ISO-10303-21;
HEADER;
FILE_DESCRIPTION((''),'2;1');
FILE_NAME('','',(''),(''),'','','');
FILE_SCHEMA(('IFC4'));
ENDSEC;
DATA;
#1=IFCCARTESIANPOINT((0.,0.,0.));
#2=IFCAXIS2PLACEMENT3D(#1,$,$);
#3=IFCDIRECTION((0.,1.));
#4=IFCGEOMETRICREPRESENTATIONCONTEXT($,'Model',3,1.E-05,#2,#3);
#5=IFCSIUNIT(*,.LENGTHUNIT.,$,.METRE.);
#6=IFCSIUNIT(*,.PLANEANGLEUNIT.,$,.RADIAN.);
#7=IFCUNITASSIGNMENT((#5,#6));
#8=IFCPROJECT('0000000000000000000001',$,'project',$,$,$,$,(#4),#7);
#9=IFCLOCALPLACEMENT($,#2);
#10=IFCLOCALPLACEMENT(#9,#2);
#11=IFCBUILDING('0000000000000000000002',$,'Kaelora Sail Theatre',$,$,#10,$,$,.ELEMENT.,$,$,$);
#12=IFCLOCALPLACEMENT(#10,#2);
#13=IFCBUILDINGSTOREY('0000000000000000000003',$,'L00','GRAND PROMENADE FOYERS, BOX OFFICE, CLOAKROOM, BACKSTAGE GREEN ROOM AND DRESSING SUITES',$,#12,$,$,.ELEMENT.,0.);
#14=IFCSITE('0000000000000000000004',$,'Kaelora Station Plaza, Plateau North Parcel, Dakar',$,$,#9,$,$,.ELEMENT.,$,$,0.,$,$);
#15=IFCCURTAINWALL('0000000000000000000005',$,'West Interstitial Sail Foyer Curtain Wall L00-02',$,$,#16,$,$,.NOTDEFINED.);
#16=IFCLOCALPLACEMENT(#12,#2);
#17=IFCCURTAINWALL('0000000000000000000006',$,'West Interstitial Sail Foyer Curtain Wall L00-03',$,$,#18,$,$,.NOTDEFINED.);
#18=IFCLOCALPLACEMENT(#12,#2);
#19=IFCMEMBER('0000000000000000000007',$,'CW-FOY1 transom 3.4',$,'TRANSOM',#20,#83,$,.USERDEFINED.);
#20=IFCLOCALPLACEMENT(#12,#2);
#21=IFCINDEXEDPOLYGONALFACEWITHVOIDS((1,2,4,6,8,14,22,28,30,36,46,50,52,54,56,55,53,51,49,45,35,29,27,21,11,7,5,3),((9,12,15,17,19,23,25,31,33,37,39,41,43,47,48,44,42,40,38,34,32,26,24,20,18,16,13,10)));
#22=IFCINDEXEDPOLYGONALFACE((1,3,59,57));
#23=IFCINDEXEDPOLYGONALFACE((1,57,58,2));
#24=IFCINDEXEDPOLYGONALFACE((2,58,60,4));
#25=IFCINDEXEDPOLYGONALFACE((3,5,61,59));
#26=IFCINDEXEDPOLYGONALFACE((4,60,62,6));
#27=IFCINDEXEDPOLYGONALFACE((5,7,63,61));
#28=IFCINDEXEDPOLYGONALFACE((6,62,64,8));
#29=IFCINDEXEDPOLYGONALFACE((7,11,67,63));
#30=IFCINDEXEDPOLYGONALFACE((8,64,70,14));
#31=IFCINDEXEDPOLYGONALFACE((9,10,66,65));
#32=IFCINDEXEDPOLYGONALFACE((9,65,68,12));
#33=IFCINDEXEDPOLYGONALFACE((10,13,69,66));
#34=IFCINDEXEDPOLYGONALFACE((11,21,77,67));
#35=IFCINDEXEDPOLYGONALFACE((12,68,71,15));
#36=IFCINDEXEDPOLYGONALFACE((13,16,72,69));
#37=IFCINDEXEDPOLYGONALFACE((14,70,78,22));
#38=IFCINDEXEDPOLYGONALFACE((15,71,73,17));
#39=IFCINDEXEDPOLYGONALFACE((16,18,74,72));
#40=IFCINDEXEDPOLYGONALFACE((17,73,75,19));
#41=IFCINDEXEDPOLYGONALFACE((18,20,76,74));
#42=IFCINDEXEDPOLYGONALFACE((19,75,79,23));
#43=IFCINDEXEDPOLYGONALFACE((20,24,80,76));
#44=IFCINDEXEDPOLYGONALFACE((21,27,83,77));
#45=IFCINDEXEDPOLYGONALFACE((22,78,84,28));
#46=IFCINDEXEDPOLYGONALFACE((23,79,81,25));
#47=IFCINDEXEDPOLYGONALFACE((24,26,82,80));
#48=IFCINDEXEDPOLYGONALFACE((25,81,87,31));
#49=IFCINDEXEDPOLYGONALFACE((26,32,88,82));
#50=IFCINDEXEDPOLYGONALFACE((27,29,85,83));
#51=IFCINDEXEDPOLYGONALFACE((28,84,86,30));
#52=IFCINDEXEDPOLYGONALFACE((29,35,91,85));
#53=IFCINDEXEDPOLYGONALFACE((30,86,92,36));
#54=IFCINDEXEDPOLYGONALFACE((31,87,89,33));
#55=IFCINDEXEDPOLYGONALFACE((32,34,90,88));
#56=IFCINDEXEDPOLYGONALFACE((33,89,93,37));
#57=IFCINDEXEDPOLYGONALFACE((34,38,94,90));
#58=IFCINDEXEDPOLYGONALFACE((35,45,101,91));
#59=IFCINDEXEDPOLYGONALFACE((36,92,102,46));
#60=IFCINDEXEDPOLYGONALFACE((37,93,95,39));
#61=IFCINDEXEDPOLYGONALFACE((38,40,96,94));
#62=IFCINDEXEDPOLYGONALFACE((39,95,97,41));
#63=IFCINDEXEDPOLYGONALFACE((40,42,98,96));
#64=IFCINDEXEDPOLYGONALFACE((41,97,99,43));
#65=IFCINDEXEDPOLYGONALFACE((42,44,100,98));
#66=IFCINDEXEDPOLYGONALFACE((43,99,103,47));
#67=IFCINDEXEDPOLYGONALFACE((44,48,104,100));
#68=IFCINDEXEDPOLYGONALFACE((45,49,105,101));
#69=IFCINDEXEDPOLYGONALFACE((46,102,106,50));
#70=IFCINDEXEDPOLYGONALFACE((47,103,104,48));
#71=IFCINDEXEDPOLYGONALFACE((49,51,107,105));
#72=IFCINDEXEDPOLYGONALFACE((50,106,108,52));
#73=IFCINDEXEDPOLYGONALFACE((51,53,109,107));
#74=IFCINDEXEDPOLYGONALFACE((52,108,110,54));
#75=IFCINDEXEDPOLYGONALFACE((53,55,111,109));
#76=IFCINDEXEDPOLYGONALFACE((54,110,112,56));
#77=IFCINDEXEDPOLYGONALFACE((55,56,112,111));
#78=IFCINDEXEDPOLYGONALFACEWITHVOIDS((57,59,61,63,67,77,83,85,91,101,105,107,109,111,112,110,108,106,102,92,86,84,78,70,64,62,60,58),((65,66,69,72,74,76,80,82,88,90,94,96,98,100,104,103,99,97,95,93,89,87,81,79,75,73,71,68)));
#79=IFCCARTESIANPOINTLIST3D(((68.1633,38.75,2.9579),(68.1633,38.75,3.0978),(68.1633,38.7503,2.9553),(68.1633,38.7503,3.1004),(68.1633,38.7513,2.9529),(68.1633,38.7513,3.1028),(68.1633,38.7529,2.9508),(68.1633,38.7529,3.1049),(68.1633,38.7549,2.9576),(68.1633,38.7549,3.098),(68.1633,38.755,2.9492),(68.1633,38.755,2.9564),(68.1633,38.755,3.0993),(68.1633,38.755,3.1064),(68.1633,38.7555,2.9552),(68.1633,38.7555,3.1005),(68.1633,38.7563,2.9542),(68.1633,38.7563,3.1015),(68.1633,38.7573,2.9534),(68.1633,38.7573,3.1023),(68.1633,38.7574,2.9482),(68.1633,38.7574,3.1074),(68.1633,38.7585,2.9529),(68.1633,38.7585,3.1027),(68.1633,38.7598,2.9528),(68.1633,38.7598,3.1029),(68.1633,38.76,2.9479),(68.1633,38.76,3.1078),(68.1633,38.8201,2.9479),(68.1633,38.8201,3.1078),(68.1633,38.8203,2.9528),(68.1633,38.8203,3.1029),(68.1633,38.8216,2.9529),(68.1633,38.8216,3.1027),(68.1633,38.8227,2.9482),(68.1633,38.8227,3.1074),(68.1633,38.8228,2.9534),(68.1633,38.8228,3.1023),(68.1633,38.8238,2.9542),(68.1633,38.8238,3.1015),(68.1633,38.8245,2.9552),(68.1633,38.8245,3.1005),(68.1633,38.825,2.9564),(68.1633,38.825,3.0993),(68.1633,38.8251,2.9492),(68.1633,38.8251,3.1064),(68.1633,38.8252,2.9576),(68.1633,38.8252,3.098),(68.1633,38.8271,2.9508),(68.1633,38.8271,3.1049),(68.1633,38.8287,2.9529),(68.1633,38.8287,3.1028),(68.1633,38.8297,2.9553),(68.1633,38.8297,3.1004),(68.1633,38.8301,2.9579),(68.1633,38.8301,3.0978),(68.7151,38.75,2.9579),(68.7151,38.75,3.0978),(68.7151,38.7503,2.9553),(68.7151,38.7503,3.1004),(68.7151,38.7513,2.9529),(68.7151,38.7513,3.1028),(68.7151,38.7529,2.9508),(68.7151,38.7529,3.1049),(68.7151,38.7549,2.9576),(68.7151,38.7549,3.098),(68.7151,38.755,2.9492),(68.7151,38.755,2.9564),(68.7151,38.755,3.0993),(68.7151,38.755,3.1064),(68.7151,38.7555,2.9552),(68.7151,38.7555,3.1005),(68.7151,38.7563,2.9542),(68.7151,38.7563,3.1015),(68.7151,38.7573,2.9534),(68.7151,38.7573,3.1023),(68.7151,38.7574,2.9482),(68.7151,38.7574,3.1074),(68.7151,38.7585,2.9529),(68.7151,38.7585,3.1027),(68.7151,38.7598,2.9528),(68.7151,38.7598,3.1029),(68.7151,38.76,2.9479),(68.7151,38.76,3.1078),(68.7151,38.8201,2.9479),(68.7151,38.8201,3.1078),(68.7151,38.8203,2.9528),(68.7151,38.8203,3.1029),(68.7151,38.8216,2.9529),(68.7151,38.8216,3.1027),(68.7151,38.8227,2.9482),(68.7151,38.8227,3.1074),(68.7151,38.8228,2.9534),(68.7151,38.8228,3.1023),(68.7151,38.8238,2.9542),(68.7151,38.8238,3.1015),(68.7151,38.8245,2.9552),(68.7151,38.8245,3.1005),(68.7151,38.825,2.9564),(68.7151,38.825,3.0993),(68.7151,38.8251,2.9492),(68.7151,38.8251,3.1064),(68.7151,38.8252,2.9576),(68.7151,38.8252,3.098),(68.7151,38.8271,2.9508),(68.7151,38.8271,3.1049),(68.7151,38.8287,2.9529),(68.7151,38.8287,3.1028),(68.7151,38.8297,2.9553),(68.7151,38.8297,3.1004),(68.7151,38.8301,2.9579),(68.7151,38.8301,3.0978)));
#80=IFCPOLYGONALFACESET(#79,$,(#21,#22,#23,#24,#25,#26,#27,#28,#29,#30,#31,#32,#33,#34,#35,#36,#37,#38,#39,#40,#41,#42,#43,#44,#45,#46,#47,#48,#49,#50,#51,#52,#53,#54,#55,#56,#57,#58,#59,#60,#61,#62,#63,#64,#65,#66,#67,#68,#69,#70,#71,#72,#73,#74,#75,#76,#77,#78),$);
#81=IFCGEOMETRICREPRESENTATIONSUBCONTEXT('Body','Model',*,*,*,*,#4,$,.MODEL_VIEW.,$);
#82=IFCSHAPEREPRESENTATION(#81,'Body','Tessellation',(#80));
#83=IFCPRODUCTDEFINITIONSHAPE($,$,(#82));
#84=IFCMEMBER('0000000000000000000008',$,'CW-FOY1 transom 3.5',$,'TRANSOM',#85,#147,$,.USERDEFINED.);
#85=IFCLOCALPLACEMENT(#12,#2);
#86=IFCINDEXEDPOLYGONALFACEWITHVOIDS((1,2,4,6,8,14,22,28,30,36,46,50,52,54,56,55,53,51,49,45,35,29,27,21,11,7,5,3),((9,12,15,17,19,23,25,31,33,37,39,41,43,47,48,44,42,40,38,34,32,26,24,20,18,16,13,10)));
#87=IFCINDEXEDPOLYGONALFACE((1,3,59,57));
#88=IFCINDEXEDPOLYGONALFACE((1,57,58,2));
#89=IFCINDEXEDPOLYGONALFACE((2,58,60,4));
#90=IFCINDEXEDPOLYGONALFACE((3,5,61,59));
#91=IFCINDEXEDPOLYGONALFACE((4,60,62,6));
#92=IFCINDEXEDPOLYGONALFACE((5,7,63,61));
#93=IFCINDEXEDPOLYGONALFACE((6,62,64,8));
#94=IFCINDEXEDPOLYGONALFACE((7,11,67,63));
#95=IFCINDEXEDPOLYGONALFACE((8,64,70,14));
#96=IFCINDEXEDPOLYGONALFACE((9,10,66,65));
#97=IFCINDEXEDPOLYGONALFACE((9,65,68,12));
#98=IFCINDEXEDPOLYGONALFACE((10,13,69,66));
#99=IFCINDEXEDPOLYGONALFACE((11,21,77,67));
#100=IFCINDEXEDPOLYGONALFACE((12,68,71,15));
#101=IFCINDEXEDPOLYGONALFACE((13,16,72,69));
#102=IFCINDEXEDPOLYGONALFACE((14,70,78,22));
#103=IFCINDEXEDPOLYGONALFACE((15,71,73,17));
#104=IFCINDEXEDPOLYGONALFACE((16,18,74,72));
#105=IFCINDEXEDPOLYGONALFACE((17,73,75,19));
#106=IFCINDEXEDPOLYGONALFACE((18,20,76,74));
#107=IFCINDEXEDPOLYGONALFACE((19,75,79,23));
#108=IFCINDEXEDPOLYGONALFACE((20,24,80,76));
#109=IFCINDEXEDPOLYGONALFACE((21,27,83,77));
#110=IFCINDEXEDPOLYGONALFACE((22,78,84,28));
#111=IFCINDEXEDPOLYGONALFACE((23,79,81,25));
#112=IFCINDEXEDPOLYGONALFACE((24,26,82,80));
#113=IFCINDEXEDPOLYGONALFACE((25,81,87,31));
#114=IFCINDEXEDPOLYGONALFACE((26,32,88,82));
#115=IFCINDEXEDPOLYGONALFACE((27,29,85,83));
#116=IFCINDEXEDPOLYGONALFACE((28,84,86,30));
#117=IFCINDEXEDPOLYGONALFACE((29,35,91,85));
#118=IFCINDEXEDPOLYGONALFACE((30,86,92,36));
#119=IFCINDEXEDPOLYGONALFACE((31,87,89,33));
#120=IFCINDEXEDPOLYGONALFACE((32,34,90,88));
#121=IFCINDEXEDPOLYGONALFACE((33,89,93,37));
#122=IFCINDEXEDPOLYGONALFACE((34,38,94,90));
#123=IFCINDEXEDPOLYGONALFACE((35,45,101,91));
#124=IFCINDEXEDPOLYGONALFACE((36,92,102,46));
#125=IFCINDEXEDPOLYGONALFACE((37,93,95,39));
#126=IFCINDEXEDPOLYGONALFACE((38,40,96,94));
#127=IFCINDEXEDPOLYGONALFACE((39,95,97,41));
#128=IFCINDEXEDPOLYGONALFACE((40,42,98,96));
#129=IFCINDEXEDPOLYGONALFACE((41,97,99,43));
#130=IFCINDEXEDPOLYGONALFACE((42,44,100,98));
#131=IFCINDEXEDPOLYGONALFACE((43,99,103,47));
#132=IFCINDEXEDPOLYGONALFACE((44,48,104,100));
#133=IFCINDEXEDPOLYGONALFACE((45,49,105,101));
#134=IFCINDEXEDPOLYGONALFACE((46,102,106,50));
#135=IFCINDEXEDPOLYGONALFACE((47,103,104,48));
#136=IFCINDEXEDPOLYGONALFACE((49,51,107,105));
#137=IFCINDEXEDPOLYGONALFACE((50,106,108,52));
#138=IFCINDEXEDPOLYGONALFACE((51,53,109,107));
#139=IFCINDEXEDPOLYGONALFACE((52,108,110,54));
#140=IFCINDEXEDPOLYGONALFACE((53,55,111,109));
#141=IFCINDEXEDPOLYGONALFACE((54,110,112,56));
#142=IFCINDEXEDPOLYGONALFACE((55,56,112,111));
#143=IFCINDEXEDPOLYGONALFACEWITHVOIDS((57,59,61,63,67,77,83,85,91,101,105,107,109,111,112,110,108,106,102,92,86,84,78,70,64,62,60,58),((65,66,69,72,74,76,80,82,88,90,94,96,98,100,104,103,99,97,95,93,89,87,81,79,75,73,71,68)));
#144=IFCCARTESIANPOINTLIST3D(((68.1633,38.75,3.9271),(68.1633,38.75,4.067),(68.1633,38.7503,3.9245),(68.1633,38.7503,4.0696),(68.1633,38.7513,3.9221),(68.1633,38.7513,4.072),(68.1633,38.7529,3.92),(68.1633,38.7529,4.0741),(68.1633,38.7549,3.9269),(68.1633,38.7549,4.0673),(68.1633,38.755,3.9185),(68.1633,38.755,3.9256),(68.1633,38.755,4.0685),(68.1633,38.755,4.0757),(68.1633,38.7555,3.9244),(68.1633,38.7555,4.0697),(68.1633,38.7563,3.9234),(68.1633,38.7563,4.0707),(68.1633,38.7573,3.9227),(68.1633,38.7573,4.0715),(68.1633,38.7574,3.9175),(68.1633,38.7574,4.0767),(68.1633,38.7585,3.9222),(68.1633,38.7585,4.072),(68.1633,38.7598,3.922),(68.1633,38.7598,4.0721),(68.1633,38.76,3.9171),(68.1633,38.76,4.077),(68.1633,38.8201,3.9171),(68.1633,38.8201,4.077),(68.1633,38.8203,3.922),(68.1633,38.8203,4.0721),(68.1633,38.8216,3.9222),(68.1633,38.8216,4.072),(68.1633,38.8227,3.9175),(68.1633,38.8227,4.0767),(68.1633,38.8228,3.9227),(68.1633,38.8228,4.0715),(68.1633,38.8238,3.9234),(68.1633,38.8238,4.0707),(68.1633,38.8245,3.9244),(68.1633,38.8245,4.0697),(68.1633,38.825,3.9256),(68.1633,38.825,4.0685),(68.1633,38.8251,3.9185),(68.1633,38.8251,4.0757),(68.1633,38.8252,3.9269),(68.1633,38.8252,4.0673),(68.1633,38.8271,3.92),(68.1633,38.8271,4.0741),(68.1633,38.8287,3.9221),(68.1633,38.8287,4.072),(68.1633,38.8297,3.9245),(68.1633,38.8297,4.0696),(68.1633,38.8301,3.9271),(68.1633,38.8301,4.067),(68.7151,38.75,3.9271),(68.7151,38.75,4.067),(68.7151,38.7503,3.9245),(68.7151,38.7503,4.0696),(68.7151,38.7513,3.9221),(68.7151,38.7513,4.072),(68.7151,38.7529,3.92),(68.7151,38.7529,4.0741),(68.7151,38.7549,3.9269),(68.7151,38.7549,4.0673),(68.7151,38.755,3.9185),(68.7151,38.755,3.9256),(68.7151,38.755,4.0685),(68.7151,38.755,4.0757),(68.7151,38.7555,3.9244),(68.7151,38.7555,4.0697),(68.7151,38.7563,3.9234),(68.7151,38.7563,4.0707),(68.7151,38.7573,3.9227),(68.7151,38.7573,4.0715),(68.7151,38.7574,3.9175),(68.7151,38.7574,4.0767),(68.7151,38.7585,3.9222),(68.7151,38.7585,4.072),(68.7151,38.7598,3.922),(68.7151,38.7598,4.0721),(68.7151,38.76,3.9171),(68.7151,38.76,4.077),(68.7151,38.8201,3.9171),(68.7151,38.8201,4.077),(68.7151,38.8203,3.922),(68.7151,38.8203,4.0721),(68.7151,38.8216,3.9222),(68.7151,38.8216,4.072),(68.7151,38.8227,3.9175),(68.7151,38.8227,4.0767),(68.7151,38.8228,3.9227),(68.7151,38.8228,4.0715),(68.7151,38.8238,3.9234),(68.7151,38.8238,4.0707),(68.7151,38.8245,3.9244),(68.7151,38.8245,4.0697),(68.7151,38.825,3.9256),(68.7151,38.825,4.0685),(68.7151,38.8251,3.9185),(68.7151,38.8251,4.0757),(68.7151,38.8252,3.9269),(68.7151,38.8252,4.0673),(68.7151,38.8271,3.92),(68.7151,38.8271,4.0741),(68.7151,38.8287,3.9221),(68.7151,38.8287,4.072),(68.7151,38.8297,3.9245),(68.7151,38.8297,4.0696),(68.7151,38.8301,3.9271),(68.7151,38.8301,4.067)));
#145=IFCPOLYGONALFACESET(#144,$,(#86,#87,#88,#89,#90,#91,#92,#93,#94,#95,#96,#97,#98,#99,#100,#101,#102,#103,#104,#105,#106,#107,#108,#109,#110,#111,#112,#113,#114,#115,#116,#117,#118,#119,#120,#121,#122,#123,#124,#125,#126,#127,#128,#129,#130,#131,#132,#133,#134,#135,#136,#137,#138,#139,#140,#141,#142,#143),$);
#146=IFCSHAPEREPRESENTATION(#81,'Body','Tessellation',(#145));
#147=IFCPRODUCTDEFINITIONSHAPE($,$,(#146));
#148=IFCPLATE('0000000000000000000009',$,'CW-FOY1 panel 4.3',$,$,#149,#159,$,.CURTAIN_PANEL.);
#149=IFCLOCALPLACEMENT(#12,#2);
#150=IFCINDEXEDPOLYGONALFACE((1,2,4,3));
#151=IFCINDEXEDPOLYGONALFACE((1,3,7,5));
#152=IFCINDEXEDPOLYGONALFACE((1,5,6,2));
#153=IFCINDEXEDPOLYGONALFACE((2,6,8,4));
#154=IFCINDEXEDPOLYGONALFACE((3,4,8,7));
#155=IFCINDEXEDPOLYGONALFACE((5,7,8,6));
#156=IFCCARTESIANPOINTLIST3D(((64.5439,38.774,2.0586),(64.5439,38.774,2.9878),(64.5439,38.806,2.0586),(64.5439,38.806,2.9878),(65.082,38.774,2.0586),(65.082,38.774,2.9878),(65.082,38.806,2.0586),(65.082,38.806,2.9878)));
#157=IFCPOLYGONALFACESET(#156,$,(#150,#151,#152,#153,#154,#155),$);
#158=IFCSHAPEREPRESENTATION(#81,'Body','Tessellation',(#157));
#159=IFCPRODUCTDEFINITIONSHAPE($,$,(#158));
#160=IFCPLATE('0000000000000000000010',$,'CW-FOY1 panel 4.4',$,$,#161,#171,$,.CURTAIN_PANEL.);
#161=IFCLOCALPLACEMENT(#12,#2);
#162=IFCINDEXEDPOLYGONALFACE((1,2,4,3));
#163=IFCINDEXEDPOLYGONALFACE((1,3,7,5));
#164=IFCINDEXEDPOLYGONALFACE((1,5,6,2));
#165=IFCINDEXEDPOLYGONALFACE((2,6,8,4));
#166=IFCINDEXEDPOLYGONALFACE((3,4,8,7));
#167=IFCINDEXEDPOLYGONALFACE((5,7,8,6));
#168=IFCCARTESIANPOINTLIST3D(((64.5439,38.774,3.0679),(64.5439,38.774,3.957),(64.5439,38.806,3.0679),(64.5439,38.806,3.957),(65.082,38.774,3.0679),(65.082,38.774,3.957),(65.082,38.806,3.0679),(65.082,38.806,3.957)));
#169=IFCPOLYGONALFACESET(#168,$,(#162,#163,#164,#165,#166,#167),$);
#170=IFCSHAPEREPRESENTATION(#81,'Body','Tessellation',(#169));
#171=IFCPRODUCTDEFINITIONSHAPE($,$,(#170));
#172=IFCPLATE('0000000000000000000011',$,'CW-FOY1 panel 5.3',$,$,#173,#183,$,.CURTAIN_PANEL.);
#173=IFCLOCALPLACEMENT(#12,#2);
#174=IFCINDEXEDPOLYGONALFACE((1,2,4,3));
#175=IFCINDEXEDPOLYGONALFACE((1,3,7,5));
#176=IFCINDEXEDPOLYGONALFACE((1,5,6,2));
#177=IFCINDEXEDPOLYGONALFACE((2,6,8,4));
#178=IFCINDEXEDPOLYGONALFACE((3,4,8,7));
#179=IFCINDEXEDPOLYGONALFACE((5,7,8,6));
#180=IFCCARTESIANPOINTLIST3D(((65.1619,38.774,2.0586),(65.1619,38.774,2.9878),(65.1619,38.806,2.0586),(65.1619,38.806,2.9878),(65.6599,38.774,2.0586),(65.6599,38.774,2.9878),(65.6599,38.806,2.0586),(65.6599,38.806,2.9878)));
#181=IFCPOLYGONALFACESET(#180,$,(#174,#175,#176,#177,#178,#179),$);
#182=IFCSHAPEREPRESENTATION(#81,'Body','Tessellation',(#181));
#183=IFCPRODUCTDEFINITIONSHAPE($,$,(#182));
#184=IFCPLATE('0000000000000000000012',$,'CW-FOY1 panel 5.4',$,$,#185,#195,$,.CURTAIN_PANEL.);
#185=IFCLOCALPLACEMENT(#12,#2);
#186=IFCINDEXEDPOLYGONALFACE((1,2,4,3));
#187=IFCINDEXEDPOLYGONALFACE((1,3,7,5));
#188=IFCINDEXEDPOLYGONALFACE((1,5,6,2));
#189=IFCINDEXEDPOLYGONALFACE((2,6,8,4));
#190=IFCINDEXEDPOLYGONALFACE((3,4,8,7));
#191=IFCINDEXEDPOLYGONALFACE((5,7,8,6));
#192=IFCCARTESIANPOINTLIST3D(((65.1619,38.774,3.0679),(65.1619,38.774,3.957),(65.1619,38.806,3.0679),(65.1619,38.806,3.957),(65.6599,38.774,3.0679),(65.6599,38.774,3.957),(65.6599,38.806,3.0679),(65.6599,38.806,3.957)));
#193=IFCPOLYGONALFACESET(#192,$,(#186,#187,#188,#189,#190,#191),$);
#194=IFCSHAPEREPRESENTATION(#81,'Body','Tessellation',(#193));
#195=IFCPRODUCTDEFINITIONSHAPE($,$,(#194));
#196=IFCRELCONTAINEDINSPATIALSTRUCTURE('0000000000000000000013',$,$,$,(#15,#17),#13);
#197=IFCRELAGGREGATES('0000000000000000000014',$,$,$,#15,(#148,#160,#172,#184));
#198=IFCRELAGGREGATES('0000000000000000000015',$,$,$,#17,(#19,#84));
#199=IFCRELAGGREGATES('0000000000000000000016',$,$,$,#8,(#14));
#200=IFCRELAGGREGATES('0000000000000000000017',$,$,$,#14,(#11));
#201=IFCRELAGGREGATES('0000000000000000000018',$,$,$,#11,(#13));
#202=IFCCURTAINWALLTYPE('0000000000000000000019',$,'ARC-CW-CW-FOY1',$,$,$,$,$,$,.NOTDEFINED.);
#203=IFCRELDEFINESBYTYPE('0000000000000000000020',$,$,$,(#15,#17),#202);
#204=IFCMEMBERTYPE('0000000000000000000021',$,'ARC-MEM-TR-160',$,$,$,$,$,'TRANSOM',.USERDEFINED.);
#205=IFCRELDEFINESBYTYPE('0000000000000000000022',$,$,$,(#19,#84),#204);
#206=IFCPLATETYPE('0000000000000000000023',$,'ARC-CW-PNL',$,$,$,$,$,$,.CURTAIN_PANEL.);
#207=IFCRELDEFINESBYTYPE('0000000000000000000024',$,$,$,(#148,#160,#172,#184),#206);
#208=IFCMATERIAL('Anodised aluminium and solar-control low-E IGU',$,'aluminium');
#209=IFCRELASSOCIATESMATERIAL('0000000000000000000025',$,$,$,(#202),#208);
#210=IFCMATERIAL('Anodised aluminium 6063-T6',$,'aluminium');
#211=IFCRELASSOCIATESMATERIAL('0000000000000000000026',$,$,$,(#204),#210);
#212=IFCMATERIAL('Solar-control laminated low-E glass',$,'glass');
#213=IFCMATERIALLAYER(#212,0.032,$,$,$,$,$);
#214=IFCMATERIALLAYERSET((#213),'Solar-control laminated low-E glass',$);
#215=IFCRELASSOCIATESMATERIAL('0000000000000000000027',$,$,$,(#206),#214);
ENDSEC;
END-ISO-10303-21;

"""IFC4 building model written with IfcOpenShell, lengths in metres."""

from ifc_helpers import new_model, si_unit, direction, frame, origin, origin_2d, place, context, subcontext, project, spatial, rectangle, hollow_rectangle, extrude, material, layer, layer_set, material_profile, profile_set, type_object, element, aggregate, save


model = new_model("IFC4")

# Units and contexts
model_context = context("Model", 3, precision=1e-05, world=origin(), true_north=direction((0.0, 1.0)))
body_context = subcontext(model_context, "Body", "Model", "MODEL_VIEW")
ifc_project = project(units=[si_unit("LENGTHUNIT", "METRE"), si_unit("PLANEANGLEUNIT", "RADIAN")], contexts=[model_context])

# Site, building, storey
site_placement = place(None, origin())
site = spatial("IfcSite", under=ifc_project, at=site_placement, Name="Kaelora Station Plaza, Plateau North Parcel, Dakar", CompositionType="ELEMENT", RefElevation=0.0)
building_placement = place(site_placement, origin())
building = spatial("IfcBuilding", under=site, at=building_placement, Name="Kaelora Sail Theatre", CompositionType="ELEMENT")
storey_placement = place(building_placement, origin())
storey = spatial("IfcBuildingStorey", under=building, at=storey_placement, Name="L00", Description="GRAND PROMENADE FOYERS, BOX OFFICE, CLOAKROOM, BACKSTAGE GREEN ROOM AND DRESSING SUITES", CompositionType="ELEMENT", Elevation=0.0)

# Curtain walls, members
ifc_material_1 = material(Name="Anodised aluminium and solar-control low-E IGU", Category="aluminium")
curtain_wall_type = type_object("IfcCurtainWallType", Name="ARC-CW-CW-FOY1", PredefinedType="NOTDEFINED", material=ifc_material_1)
curtain_wall_1_placement = place(storey_placement, origin())
curtain_wall_1 = element("IfcCurtainWall", 1, at=curtain_wall_1_placement, inside=storey, type_object=curtain_wall_type, Name="West Interstitial Sail Foyer Curtain Wall L00-02", PredefinedType="NOTDEFINED")
ifc_material_2 = material(Name="Anodised aluminium 6063-T6", Category="aluminium")
ifc_material_profile = material_profile(ifc_material_2, hollow_rectangle(XDim=0.0801, YDim=0.1599, WallThickness=0.0049, InnerFilletRadius=0.0049, OuterFilletRadius=0.01, at=origin_2d()), Name="ALU-TRAN 80x160x5")
ifc_profile_set = profile_set([ifc_material_profile], Name="Anodised aluminium 6063-T6")
member_type = type_object("IfcMemberType", Name="ARC-MEM-TR-160", ElementType="TRANSOM", PredefinedType="USERDEFINED", material=ifc_profile_set)
curtain_wall_2_placement = place(storey_placement, origin())
curtain_wall_2 = element("IfcCurtainWall", 2, at=curtain_wall_2_placement, inside=storey, type_object=curtain_wall_type, Name="West Interstitial Sail Foyer Curtain Wall L00-03", PredefinedType="NOTDEFINED")
member_1_placement = place(storey_placement, frame((68.1633, 38.79, 3.0278), z_axis=(1.0, 0.0, 0.0), x_axis=(0.0, 1.0, 0.0)))
member_1 = element("IfcMember", 3, at=member_1_placement, type_object=member_type, Name="CW-FOY1 transom 3.4", ObjectType="TRANSOM", PredefinedType="USERDEFINED", context=body_context, shape_type="SweptSolid", body=[
    extrude(hollow_rectangle(XDim=0.0801, YDim=0.1599, WallThickness=0.0049, InnerFilletRadius=0.0049, OuterFilletRadius=0.01, at=origin_2d()), origin(), (0.0, 0.0, 1.0), 0.5518),
])
member_2_placement = place(storey_placement, frame((68.1633, 38.79, 3.9971), z_axis=(1.0, 0.0, 0.0), x_axis=(0.0, 1.0, 0.0)))
member_2 = element("IfcMember", 4, at=member_2_placement, type_object=member_type, Name="CW-FOY1 transom 3.5", ObjectType="TRANSOM", PredefinedType="USERDEFINED", context=body_context, shape_type="SweptSolid", body=[
    extrude(hollow_rectangle(XDim=0.0801, YDim=0.1599, WallThickness=0.0049, InnerFilletRadius=0.0049, OuterFilletRadius=0.01, at=origin_2d()), origin(), (0.0, 0.0, 1.0), 0.5518),
])

# Plates
ifc_material_3 = material(Name="Solar-control laminated low-E glass", Category="glass")
ifc_layer = layer(ifc_material_3, 0.032)
ifc_layer_set = layer_set([ifc_layer], Name="Solar-control laminated low-E glass")
plate_type = type_object("IfcPlateType", Name="ARC-CW-PNL", PredefinedType="CURTAIN_PANEL", material=ifc_layer_set)
plate_1_placement = place(storey_placement, frame((64.813, 38.79, 2.0586), z_axis=(0.0, 0.0, 1.0), x_axis=(1.0, 0.0, 0.0)))
plate_1 = element("IfcPlate", 5, at=plate_1_placement, type_object=plate_type, Name="CW-FOY1 panel 4.3", PredefinedType="CURTAIN_PANEL", context=body_context, shape_type="SweptSolid", body=[
    extrude(rectangle(XDim=0.5381, YDim=0.032, at=origin_2d()), origin(), (0.0, 0.0, 1.0), 0.9292),
])
plate_2_placement = place(storey_placement, frame((64.813, 38.79, 3.0679), z_axis=(0.0, 0.0, 1.0), x_axis=(1.0, 0.0, 0.0)))
plate_2 = element("IfcPlate", 6, at=plate_2_placement, type_object=plate_type, Name="CW-FOY1 panel 4.4", PredefinedType="CURTAIN_PANEL", context=body_context, shape_type="SweptSolid", body=[
    extrude(rectangle(XDim=0.5381, YDim=0.032, at=origin_2d()), origin(), (0.0, 0.0, 1.0), 0.8892),
])
plate_3_placement = place(storey_placement, frame((65.4109, 38.79, 2.0586), z_axis=(0.0, 0.0, 1.0), x_axis=(1.0, 0.0, 0.0)))
plate_3 = element("IfcPlate", 7, at=plate_3_placement, type_object=plate_type, Name="CW-FOY1 panel 5.3", PredefinedType="CURTAIN_PANEL", context=body_context, shape_type="SweptSolid", body=[
    extrude(rectangle(XDim=0.498, YDim=0.032, at=origin_2d()), origin(), (0.0, 0.0, 1.0), 0.9292),
])
plate_4_placement = place(storey_placement, frame((65.4109, 38.79, 3.0679), z_axis=(0.0, 0.0, 1.0), x_axis=(1.0, 0.0, 0.0)))
plate_4 = element("IfcPlate", 8, at=plate_4_placement, type_object=plate_type, Name="CW-FOY1 panel 5.4", PredefinedType="CURTAIN_PANEL", context=body_context, shape_type="SweptSolid", body=[
    extrude(rectangle(XDim=0.498, YDim=0.032, at=origin_2d()), origin(), (0.0, 0.0, 1.0), 0.8892),
])
aggregate(curtain_wall_1, [plate_1, plate_2, plate_3, plate_4])
aggregate(curtain_wall_2, [member_1, member_2])

save(model, "model.ifc")
